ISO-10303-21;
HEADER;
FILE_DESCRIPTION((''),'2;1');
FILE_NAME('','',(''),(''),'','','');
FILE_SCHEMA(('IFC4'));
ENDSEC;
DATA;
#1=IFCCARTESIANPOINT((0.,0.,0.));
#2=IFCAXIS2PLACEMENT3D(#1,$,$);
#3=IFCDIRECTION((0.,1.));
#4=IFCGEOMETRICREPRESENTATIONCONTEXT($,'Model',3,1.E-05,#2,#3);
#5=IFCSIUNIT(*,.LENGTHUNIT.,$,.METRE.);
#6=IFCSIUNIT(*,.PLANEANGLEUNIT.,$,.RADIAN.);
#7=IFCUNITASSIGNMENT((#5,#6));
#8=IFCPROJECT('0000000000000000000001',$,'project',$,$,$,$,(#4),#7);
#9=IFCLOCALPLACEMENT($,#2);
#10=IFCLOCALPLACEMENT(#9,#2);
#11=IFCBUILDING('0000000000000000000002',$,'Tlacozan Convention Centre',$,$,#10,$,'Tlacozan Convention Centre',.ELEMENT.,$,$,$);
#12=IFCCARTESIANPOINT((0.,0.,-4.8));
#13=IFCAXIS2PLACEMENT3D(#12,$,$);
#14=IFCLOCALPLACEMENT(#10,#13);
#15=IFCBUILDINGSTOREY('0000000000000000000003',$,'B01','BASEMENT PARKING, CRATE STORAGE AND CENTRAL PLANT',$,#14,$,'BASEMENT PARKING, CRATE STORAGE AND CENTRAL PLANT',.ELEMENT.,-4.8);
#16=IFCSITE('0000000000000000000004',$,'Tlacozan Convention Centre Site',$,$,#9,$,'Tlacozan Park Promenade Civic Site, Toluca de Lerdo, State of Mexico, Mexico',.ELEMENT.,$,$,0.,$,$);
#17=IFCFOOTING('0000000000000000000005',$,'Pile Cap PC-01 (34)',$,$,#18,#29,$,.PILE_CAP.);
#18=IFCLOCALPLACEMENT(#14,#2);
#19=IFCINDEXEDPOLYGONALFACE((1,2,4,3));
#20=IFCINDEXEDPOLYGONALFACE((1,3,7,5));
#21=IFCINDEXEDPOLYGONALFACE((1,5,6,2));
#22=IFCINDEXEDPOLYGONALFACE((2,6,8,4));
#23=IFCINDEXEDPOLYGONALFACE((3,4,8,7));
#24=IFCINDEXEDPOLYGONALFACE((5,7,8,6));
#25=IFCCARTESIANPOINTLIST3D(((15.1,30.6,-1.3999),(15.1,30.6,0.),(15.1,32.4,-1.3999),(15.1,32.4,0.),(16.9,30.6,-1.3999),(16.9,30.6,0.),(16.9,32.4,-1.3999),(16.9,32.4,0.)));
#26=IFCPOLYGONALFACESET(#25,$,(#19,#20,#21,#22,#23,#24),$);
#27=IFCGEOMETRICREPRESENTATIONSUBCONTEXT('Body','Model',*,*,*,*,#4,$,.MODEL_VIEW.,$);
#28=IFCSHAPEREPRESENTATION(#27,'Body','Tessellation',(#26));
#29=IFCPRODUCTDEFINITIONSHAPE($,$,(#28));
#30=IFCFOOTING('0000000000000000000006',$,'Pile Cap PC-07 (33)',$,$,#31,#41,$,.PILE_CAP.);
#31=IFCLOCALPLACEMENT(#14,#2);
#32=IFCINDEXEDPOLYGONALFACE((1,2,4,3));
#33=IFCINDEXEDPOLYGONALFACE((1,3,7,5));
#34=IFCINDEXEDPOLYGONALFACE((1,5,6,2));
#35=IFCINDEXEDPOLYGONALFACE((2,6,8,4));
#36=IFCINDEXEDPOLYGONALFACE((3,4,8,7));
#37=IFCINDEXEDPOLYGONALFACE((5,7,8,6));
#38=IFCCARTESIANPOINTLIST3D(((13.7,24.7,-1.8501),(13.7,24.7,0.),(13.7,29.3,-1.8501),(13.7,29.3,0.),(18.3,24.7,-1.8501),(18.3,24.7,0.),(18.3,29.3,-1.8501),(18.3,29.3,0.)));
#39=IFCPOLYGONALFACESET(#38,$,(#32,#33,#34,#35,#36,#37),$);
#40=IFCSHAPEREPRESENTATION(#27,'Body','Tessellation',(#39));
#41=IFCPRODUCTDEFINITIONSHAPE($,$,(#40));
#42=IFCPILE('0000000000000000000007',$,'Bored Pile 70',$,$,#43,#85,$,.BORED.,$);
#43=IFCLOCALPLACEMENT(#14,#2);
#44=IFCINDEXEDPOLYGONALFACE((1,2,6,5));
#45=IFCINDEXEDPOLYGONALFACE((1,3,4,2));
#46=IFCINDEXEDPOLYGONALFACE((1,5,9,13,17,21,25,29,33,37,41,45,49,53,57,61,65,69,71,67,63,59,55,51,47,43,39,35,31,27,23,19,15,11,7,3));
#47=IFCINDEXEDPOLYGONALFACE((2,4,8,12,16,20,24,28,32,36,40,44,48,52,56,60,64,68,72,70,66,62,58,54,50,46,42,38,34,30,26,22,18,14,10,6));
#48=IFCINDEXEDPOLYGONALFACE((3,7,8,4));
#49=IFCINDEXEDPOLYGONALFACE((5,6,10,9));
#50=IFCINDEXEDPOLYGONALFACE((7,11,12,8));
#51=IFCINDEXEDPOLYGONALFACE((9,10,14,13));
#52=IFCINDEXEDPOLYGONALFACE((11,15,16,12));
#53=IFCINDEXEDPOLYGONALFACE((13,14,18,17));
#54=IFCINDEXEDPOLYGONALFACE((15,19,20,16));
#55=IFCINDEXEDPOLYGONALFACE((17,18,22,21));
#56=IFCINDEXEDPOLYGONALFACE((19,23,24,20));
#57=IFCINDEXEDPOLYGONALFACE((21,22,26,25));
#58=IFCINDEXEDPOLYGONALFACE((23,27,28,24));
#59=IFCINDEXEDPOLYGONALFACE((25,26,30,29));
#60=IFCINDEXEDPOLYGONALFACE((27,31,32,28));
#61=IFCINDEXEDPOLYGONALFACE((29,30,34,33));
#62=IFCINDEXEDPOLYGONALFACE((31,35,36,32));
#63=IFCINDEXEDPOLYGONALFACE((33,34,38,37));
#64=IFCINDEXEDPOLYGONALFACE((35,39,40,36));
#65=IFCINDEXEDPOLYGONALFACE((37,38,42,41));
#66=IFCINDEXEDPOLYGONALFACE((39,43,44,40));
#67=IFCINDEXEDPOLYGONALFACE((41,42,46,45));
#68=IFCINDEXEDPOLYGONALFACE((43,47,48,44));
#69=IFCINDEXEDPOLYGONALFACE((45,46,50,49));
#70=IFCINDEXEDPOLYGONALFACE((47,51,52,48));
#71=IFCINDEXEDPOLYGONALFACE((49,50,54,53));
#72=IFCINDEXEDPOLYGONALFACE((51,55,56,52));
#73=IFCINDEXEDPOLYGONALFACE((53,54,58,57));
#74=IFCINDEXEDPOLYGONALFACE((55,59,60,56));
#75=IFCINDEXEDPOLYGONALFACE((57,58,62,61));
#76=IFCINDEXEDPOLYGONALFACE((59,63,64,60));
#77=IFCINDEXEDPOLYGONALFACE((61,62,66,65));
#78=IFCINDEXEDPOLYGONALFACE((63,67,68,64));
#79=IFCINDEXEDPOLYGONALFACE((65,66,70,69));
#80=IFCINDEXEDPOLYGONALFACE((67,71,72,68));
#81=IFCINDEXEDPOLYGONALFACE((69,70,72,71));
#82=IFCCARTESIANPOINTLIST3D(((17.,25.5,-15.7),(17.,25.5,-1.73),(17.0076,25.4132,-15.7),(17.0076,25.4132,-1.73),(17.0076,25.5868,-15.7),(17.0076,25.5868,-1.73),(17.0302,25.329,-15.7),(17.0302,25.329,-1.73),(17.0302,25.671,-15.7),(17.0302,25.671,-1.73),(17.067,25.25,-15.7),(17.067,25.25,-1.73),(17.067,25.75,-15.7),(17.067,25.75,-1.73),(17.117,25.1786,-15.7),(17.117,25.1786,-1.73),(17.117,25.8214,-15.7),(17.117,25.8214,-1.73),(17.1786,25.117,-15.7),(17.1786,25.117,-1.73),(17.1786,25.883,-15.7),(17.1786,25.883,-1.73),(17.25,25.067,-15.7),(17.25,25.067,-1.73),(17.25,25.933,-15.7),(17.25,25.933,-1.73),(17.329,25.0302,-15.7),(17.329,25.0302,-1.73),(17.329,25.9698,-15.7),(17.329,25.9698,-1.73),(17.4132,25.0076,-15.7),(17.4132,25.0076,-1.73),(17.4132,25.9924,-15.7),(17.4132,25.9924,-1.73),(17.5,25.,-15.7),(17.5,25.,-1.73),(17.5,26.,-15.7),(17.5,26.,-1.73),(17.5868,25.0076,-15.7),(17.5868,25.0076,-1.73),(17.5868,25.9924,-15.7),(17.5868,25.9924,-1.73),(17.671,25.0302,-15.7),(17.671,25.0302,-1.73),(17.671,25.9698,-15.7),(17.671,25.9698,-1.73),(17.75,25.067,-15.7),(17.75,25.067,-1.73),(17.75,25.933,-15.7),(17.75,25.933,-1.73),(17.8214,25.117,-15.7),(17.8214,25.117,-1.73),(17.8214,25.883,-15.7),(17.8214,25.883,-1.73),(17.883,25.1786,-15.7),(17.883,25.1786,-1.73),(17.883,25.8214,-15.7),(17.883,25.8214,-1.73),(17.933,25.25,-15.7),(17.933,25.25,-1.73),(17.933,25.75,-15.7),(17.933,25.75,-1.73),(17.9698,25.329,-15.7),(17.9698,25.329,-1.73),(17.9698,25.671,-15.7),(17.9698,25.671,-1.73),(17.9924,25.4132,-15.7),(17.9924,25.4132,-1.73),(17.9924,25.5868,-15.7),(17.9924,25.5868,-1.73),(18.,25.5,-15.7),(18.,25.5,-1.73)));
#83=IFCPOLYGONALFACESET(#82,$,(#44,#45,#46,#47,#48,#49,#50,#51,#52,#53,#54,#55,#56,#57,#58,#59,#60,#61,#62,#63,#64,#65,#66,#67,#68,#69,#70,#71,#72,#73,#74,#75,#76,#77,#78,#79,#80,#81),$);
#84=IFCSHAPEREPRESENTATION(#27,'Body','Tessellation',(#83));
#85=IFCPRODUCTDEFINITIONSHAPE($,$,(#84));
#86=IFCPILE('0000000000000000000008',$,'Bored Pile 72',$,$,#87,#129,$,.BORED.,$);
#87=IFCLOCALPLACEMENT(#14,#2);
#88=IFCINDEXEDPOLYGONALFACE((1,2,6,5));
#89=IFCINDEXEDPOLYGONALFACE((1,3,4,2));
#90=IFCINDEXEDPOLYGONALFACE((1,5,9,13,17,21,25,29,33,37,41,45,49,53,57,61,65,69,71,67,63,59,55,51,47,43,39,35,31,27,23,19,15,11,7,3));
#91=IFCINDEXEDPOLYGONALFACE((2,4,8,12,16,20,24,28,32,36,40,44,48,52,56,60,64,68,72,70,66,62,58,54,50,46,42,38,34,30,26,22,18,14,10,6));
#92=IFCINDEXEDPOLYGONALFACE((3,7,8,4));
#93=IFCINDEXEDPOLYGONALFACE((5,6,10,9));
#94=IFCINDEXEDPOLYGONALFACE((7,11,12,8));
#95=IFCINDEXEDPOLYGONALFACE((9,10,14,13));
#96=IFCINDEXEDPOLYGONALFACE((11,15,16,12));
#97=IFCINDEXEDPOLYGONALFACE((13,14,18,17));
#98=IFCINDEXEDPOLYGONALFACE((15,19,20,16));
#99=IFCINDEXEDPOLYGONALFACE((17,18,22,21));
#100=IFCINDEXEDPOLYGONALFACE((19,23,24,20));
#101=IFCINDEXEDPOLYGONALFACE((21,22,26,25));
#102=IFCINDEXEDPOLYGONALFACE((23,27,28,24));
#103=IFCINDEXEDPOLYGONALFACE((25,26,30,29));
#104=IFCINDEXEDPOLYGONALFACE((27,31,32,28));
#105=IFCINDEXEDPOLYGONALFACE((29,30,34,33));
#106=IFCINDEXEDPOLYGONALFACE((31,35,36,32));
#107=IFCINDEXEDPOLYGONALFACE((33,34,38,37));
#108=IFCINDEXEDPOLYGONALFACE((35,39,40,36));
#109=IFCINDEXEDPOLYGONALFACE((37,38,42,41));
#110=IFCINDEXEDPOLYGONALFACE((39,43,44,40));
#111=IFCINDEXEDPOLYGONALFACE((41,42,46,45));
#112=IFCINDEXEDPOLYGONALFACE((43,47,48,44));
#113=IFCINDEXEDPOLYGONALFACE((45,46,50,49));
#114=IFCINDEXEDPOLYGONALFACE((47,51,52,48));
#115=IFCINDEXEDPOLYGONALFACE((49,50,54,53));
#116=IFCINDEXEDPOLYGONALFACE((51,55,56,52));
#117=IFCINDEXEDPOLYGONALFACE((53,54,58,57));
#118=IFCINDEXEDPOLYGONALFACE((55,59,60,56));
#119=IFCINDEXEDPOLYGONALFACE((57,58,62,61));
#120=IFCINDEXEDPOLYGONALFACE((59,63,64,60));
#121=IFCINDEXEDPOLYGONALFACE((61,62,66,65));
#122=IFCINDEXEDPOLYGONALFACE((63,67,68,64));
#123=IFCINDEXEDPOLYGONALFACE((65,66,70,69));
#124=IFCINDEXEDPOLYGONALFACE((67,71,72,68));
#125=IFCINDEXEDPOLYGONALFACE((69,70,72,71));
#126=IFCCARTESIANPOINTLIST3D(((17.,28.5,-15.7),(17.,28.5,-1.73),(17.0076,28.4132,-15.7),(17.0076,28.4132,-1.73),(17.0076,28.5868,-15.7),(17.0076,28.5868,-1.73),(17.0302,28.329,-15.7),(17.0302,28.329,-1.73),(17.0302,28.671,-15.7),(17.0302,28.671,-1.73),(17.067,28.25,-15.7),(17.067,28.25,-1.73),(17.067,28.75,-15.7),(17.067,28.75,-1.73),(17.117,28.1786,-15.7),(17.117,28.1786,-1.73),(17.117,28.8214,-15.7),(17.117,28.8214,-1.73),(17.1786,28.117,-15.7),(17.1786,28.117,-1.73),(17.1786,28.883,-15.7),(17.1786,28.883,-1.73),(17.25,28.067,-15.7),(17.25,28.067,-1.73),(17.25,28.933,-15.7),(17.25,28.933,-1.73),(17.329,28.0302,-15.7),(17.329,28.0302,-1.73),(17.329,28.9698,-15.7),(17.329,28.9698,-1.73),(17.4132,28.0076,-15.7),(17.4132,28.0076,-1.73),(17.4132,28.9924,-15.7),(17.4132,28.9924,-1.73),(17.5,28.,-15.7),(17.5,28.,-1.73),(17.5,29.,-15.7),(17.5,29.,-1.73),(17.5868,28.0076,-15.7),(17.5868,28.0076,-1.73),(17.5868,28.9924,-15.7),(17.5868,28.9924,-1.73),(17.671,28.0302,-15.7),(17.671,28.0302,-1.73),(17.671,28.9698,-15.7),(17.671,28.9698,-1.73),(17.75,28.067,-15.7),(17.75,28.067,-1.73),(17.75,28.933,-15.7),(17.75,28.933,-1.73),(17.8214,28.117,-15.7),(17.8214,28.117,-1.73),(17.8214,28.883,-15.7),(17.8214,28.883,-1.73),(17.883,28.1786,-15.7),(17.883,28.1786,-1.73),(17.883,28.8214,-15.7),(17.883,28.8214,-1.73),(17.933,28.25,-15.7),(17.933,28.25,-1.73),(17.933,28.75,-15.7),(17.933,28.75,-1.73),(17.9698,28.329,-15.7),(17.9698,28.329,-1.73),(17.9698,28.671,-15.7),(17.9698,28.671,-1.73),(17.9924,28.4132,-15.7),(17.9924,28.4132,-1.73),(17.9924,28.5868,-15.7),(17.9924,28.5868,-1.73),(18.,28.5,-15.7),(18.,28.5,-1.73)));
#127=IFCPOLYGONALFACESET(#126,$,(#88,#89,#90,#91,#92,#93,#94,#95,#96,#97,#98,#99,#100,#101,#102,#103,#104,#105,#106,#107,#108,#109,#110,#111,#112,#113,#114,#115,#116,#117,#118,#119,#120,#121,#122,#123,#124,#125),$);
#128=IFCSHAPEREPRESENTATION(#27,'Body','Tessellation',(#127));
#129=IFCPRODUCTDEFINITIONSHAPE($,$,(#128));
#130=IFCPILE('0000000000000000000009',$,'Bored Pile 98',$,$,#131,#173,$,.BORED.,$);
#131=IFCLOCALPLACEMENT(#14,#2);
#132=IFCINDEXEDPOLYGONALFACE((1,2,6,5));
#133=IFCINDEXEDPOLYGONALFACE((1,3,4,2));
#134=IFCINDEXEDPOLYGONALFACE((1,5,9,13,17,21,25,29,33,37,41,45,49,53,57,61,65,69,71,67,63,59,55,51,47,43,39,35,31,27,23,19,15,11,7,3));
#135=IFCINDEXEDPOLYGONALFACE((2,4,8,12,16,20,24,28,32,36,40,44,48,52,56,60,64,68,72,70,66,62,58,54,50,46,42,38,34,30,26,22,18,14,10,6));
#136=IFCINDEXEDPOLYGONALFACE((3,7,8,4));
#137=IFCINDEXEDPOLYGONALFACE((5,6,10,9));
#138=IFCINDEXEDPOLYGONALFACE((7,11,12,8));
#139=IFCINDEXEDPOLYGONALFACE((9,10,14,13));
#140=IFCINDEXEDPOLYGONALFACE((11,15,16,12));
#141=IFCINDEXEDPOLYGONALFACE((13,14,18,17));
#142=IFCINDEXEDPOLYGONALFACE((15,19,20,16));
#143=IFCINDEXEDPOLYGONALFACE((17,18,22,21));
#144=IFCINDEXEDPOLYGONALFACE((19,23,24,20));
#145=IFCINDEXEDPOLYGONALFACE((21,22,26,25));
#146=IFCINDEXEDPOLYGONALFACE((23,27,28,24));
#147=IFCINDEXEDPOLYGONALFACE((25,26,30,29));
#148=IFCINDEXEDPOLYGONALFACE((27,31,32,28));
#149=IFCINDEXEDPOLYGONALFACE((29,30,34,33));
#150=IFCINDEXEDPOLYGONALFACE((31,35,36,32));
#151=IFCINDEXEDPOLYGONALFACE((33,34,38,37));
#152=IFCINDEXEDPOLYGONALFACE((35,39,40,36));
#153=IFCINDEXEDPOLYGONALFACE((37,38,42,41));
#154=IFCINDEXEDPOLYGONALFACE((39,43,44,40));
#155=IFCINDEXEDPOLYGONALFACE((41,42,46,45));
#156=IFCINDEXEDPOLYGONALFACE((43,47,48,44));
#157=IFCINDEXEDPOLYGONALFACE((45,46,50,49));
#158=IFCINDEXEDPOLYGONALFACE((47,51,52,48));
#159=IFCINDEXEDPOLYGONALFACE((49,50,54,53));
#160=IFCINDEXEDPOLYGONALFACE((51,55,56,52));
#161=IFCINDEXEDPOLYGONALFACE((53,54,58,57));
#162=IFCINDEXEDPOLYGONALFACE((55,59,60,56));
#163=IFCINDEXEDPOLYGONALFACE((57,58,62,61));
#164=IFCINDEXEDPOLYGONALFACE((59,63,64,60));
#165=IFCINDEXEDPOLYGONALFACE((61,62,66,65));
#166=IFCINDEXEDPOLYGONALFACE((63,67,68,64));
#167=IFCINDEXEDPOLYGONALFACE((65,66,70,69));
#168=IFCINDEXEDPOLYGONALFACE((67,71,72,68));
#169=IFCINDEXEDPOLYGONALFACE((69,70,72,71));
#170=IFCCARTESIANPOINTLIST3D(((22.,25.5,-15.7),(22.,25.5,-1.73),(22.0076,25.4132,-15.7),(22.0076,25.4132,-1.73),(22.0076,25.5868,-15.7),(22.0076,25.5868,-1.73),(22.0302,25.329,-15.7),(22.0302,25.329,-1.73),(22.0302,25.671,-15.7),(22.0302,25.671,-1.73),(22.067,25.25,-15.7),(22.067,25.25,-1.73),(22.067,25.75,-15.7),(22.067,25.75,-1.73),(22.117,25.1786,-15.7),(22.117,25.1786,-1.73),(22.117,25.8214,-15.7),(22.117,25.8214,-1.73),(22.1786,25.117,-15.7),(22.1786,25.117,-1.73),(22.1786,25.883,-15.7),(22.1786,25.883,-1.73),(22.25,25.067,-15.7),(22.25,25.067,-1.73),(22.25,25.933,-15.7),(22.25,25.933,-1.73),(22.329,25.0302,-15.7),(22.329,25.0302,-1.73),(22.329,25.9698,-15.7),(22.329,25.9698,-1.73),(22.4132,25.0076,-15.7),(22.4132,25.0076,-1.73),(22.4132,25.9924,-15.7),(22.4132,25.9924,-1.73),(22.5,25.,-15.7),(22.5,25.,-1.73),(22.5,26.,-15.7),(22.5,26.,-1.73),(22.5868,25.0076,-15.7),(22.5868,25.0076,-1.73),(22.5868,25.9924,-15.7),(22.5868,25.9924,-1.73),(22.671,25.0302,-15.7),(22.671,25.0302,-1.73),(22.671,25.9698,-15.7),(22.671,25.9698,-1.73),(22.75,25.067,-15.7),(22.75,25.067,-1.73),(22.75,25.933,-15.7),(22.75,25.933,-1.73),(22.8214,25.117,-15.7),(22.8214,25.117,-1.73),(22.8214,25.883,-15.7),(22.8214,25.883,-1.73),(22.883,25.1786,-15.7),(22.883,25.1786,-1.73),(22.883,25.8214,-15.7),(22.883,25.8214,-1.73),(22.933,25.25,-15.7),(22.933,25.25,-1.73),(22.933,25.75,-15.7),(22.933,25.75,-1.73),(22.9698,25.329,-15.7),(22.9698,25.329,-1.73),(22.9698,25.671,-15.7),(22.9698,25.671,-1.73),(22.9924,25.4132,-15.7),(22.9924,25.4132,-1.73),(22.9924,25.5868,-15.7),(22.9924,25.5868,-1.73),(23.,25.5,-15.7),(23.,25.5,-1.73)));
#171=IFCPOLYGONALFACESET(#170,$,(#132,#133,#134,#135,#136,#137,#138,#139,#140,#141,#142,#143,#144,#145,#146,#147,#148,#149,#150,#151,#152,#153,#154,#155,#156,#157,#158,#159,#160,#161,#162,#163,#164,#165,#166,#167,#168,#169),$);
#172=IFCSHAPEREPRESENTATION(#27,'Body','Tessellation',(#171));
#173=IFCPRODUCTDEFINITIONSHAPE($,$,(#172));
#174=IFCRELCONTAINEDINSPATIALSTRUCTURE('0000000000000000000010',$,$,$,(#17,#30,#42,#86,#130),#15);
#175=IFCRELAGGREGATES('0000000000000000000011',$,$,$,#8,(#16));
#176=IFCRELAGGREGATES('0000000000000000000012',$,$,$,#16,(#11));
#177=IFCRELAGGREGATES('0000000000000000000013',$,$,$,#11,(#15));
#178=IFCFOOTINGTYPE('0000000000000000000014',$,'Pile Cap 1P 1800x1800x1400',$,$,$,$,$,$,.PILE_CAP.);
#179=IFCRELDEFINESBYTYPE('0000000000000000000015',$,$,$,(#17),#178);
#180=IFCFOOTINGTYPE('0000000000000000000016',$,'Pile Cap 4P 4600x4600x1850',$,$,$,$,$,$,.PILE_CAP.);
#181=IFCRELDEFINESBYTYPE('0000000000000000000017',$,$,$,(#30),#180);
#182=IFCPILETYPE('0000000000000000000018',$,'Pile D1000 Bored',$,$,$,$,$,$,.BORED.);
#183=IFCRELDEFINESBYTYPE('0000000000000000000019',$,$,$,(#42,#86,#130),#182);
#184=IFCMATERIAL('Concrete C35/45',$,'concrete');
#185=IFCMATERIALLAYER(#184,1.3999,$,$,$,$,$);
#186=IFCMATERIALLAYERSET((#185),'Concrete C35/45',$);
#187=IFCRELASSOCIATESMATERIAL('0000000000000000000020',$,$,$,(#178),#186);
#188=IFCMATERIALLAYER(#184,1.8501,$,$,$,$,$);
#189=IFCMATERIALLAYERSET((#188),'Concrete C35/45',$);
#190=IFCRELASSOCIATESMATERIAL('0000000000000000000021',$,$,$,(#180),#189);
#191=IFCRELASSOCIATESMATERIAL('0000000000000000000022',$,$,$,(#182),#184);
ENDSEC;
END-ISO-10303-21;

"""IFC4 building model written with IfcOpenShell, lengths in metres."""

from ifc_helpers import new_model, si_unit, direction, frame, origin, origin_2d, place, context, subcontext, project, spatial, rectangle, circle, extrude, material, layer, layer_set, material_profile, profile_set, type_object, element, save


model = new_model("IFC4")

# Units and contexts
model_context = context("Model", 3, precision=1e-05, world=origin(), true_north=direction((0.0, 1.0)))
body_context = subcontext(model_context, "Body", "Model", "MODEL_VIEW")
ifc_project = project(units=[si_unit("LENGTHUNIT", "METRE"), si_unit("PLANEANGLEUNIT", "RADIAN")], contexts=[model_context])

# Site, building, storey
site_placement = place(None, origin())
site = spatial("IfcSite", under=ifc_project, at=site_placement, Name="Tlacozan Convention Centre Site", LongName="Tlacozan Park Promenade Civic Site, Toluca de Lerdo, State of Mexico, Mexico", CompositionType="ELEMENT", RefElevation=0.0)
building_placement = place(site_placement, origin())
building = spatial("IfcBuilding", under=site, at=building_placement, Name="Tlacozan Convention Centre", LongName="Tlacozan Convention Centre", CompositionType="ELEMENT")
storey_placement = place(building_placement, frame((0.0, 0.0, -4.8)))
storey = spatial("IfcBuildingStorey", under=building, at=storey_placement, Name="B01", Description="BASEMENT PARKING, CRATE STORAGE AND CENTRAL PLANT", LongName="BASEMENT PARKING, CRATE STORAGE AND CENTRAL PLANT", CompositionType="ELEMENT", Elevation=-4.8)

# Footings
ifc_material_1 = material(Name="Concrete C35/45", Category="concrete")
ifc_layer_1 = layer(ifc_material_1, 1.3999)
ifc_layer_set_1 = layer_set([ifc_layer_1], Name="Concrete C35/45")
footing_type_1 = type_object("IfcFootingType", Name="Pile Cap 1P 1800x1800x1400", PredefinedType="PILE_CAP", material=ifc_layer_set_1)
footing_1_placement = place(storey_placement, frame((16.0, 31.5, -1.3999), z_axis=(0.0, 0.0, 1.0), x_axis=(1.0, 0.0, 0.0)))
element("IfcFooting", 1, at=footing_1_placement, inside=storey, type_object=footing_type_1, Name="Pile Cap PC-01 (34)", PredefinedType="PILE_CAP", context=body_context, shape_type="SweptSolid", body=[
    extrude(rectangle(XDim=1.8, YDim=1.8, at=origin_2d()), origin(), (0.0, 0.0, 1.0), 1.3999),
])
ifc_layer_2 = layer(ifc_material_1, 1.8501)
ifc_layer_set_2 = layer_set([ifc_layer_2], Name="Concrete C35/45")
footing_type_2 = type_object("IfcFootingType", Name="Pile Cap 4P 4600x4600x1850", PredefinedType="PILE_CAP", material=ifc_layer_set_2)
footing_2_placement = place(storey_placement, frame((16.0, 27.0, -1.8501), z_axis=(0.0, 0.0, 1.0), x_axis=(1.0, 0.0, 0.0)))
element("IfcFooting", 2, at=footing_2_placement, inside=storey, type_object=footing_type_2, Name="Pile Cap PC-07 (33)", PredefinedType="PILE_CAP", context=body_context, shape_type="SweptSolid", body=[
    extrude(rectangle(XDim=4.6001, YDim=4.6001, at=origin_2d()), origin(), (0.0, 0.0, 1.0), 1.8501),
])

# Piles
ifc_material_profile_1 = material_profile(ifc_material_1, circle(Radius=0.5, at=origin_2d()), Name="PILE D1000")
ifc_profile_set_1 = profile_set([ifc_material_profile_1], Name="Concrete C35/45")
pile_type_1 = type_object("IfcPileType", Name="Pile D1000 Bored", PredefinedType="BORED", material=ifc_profile_set_1)
for number, where, z_axis, x_axis, name in (
    (3, (17.5, 25.5, -1.73), (0.0, 0.0, -1.0), (1.0, 0.0, 0.0), "Bored Pile 70"),
    (4, (17.5, 28.5, -1.73), (0.0, 0.0, -1.0), (1.0, 0.0, 0.0), "Bored Pile 72"),
    (5, (22.5, 25.5, -1.73), (0.0, 0.0, -1.0), (1.0, 0.0, 0.0), "Bored Pile 98"),
):
    element("IfcPile", number, at=place(storey_placement, frame(where, z_axis=z_axis, x_axis=x_axis)), inside=storey, type_object=pile_type_1, Name=name, PredefinedType="BORED", context=body_context, shape_type="SweptSolid", body=[
        extrude(circle(Radius=0.5, at=origin_2d()), origin(), (0.0, 0.0, 1.0), 13.97),
    ])

save(model, "model.ifc")
